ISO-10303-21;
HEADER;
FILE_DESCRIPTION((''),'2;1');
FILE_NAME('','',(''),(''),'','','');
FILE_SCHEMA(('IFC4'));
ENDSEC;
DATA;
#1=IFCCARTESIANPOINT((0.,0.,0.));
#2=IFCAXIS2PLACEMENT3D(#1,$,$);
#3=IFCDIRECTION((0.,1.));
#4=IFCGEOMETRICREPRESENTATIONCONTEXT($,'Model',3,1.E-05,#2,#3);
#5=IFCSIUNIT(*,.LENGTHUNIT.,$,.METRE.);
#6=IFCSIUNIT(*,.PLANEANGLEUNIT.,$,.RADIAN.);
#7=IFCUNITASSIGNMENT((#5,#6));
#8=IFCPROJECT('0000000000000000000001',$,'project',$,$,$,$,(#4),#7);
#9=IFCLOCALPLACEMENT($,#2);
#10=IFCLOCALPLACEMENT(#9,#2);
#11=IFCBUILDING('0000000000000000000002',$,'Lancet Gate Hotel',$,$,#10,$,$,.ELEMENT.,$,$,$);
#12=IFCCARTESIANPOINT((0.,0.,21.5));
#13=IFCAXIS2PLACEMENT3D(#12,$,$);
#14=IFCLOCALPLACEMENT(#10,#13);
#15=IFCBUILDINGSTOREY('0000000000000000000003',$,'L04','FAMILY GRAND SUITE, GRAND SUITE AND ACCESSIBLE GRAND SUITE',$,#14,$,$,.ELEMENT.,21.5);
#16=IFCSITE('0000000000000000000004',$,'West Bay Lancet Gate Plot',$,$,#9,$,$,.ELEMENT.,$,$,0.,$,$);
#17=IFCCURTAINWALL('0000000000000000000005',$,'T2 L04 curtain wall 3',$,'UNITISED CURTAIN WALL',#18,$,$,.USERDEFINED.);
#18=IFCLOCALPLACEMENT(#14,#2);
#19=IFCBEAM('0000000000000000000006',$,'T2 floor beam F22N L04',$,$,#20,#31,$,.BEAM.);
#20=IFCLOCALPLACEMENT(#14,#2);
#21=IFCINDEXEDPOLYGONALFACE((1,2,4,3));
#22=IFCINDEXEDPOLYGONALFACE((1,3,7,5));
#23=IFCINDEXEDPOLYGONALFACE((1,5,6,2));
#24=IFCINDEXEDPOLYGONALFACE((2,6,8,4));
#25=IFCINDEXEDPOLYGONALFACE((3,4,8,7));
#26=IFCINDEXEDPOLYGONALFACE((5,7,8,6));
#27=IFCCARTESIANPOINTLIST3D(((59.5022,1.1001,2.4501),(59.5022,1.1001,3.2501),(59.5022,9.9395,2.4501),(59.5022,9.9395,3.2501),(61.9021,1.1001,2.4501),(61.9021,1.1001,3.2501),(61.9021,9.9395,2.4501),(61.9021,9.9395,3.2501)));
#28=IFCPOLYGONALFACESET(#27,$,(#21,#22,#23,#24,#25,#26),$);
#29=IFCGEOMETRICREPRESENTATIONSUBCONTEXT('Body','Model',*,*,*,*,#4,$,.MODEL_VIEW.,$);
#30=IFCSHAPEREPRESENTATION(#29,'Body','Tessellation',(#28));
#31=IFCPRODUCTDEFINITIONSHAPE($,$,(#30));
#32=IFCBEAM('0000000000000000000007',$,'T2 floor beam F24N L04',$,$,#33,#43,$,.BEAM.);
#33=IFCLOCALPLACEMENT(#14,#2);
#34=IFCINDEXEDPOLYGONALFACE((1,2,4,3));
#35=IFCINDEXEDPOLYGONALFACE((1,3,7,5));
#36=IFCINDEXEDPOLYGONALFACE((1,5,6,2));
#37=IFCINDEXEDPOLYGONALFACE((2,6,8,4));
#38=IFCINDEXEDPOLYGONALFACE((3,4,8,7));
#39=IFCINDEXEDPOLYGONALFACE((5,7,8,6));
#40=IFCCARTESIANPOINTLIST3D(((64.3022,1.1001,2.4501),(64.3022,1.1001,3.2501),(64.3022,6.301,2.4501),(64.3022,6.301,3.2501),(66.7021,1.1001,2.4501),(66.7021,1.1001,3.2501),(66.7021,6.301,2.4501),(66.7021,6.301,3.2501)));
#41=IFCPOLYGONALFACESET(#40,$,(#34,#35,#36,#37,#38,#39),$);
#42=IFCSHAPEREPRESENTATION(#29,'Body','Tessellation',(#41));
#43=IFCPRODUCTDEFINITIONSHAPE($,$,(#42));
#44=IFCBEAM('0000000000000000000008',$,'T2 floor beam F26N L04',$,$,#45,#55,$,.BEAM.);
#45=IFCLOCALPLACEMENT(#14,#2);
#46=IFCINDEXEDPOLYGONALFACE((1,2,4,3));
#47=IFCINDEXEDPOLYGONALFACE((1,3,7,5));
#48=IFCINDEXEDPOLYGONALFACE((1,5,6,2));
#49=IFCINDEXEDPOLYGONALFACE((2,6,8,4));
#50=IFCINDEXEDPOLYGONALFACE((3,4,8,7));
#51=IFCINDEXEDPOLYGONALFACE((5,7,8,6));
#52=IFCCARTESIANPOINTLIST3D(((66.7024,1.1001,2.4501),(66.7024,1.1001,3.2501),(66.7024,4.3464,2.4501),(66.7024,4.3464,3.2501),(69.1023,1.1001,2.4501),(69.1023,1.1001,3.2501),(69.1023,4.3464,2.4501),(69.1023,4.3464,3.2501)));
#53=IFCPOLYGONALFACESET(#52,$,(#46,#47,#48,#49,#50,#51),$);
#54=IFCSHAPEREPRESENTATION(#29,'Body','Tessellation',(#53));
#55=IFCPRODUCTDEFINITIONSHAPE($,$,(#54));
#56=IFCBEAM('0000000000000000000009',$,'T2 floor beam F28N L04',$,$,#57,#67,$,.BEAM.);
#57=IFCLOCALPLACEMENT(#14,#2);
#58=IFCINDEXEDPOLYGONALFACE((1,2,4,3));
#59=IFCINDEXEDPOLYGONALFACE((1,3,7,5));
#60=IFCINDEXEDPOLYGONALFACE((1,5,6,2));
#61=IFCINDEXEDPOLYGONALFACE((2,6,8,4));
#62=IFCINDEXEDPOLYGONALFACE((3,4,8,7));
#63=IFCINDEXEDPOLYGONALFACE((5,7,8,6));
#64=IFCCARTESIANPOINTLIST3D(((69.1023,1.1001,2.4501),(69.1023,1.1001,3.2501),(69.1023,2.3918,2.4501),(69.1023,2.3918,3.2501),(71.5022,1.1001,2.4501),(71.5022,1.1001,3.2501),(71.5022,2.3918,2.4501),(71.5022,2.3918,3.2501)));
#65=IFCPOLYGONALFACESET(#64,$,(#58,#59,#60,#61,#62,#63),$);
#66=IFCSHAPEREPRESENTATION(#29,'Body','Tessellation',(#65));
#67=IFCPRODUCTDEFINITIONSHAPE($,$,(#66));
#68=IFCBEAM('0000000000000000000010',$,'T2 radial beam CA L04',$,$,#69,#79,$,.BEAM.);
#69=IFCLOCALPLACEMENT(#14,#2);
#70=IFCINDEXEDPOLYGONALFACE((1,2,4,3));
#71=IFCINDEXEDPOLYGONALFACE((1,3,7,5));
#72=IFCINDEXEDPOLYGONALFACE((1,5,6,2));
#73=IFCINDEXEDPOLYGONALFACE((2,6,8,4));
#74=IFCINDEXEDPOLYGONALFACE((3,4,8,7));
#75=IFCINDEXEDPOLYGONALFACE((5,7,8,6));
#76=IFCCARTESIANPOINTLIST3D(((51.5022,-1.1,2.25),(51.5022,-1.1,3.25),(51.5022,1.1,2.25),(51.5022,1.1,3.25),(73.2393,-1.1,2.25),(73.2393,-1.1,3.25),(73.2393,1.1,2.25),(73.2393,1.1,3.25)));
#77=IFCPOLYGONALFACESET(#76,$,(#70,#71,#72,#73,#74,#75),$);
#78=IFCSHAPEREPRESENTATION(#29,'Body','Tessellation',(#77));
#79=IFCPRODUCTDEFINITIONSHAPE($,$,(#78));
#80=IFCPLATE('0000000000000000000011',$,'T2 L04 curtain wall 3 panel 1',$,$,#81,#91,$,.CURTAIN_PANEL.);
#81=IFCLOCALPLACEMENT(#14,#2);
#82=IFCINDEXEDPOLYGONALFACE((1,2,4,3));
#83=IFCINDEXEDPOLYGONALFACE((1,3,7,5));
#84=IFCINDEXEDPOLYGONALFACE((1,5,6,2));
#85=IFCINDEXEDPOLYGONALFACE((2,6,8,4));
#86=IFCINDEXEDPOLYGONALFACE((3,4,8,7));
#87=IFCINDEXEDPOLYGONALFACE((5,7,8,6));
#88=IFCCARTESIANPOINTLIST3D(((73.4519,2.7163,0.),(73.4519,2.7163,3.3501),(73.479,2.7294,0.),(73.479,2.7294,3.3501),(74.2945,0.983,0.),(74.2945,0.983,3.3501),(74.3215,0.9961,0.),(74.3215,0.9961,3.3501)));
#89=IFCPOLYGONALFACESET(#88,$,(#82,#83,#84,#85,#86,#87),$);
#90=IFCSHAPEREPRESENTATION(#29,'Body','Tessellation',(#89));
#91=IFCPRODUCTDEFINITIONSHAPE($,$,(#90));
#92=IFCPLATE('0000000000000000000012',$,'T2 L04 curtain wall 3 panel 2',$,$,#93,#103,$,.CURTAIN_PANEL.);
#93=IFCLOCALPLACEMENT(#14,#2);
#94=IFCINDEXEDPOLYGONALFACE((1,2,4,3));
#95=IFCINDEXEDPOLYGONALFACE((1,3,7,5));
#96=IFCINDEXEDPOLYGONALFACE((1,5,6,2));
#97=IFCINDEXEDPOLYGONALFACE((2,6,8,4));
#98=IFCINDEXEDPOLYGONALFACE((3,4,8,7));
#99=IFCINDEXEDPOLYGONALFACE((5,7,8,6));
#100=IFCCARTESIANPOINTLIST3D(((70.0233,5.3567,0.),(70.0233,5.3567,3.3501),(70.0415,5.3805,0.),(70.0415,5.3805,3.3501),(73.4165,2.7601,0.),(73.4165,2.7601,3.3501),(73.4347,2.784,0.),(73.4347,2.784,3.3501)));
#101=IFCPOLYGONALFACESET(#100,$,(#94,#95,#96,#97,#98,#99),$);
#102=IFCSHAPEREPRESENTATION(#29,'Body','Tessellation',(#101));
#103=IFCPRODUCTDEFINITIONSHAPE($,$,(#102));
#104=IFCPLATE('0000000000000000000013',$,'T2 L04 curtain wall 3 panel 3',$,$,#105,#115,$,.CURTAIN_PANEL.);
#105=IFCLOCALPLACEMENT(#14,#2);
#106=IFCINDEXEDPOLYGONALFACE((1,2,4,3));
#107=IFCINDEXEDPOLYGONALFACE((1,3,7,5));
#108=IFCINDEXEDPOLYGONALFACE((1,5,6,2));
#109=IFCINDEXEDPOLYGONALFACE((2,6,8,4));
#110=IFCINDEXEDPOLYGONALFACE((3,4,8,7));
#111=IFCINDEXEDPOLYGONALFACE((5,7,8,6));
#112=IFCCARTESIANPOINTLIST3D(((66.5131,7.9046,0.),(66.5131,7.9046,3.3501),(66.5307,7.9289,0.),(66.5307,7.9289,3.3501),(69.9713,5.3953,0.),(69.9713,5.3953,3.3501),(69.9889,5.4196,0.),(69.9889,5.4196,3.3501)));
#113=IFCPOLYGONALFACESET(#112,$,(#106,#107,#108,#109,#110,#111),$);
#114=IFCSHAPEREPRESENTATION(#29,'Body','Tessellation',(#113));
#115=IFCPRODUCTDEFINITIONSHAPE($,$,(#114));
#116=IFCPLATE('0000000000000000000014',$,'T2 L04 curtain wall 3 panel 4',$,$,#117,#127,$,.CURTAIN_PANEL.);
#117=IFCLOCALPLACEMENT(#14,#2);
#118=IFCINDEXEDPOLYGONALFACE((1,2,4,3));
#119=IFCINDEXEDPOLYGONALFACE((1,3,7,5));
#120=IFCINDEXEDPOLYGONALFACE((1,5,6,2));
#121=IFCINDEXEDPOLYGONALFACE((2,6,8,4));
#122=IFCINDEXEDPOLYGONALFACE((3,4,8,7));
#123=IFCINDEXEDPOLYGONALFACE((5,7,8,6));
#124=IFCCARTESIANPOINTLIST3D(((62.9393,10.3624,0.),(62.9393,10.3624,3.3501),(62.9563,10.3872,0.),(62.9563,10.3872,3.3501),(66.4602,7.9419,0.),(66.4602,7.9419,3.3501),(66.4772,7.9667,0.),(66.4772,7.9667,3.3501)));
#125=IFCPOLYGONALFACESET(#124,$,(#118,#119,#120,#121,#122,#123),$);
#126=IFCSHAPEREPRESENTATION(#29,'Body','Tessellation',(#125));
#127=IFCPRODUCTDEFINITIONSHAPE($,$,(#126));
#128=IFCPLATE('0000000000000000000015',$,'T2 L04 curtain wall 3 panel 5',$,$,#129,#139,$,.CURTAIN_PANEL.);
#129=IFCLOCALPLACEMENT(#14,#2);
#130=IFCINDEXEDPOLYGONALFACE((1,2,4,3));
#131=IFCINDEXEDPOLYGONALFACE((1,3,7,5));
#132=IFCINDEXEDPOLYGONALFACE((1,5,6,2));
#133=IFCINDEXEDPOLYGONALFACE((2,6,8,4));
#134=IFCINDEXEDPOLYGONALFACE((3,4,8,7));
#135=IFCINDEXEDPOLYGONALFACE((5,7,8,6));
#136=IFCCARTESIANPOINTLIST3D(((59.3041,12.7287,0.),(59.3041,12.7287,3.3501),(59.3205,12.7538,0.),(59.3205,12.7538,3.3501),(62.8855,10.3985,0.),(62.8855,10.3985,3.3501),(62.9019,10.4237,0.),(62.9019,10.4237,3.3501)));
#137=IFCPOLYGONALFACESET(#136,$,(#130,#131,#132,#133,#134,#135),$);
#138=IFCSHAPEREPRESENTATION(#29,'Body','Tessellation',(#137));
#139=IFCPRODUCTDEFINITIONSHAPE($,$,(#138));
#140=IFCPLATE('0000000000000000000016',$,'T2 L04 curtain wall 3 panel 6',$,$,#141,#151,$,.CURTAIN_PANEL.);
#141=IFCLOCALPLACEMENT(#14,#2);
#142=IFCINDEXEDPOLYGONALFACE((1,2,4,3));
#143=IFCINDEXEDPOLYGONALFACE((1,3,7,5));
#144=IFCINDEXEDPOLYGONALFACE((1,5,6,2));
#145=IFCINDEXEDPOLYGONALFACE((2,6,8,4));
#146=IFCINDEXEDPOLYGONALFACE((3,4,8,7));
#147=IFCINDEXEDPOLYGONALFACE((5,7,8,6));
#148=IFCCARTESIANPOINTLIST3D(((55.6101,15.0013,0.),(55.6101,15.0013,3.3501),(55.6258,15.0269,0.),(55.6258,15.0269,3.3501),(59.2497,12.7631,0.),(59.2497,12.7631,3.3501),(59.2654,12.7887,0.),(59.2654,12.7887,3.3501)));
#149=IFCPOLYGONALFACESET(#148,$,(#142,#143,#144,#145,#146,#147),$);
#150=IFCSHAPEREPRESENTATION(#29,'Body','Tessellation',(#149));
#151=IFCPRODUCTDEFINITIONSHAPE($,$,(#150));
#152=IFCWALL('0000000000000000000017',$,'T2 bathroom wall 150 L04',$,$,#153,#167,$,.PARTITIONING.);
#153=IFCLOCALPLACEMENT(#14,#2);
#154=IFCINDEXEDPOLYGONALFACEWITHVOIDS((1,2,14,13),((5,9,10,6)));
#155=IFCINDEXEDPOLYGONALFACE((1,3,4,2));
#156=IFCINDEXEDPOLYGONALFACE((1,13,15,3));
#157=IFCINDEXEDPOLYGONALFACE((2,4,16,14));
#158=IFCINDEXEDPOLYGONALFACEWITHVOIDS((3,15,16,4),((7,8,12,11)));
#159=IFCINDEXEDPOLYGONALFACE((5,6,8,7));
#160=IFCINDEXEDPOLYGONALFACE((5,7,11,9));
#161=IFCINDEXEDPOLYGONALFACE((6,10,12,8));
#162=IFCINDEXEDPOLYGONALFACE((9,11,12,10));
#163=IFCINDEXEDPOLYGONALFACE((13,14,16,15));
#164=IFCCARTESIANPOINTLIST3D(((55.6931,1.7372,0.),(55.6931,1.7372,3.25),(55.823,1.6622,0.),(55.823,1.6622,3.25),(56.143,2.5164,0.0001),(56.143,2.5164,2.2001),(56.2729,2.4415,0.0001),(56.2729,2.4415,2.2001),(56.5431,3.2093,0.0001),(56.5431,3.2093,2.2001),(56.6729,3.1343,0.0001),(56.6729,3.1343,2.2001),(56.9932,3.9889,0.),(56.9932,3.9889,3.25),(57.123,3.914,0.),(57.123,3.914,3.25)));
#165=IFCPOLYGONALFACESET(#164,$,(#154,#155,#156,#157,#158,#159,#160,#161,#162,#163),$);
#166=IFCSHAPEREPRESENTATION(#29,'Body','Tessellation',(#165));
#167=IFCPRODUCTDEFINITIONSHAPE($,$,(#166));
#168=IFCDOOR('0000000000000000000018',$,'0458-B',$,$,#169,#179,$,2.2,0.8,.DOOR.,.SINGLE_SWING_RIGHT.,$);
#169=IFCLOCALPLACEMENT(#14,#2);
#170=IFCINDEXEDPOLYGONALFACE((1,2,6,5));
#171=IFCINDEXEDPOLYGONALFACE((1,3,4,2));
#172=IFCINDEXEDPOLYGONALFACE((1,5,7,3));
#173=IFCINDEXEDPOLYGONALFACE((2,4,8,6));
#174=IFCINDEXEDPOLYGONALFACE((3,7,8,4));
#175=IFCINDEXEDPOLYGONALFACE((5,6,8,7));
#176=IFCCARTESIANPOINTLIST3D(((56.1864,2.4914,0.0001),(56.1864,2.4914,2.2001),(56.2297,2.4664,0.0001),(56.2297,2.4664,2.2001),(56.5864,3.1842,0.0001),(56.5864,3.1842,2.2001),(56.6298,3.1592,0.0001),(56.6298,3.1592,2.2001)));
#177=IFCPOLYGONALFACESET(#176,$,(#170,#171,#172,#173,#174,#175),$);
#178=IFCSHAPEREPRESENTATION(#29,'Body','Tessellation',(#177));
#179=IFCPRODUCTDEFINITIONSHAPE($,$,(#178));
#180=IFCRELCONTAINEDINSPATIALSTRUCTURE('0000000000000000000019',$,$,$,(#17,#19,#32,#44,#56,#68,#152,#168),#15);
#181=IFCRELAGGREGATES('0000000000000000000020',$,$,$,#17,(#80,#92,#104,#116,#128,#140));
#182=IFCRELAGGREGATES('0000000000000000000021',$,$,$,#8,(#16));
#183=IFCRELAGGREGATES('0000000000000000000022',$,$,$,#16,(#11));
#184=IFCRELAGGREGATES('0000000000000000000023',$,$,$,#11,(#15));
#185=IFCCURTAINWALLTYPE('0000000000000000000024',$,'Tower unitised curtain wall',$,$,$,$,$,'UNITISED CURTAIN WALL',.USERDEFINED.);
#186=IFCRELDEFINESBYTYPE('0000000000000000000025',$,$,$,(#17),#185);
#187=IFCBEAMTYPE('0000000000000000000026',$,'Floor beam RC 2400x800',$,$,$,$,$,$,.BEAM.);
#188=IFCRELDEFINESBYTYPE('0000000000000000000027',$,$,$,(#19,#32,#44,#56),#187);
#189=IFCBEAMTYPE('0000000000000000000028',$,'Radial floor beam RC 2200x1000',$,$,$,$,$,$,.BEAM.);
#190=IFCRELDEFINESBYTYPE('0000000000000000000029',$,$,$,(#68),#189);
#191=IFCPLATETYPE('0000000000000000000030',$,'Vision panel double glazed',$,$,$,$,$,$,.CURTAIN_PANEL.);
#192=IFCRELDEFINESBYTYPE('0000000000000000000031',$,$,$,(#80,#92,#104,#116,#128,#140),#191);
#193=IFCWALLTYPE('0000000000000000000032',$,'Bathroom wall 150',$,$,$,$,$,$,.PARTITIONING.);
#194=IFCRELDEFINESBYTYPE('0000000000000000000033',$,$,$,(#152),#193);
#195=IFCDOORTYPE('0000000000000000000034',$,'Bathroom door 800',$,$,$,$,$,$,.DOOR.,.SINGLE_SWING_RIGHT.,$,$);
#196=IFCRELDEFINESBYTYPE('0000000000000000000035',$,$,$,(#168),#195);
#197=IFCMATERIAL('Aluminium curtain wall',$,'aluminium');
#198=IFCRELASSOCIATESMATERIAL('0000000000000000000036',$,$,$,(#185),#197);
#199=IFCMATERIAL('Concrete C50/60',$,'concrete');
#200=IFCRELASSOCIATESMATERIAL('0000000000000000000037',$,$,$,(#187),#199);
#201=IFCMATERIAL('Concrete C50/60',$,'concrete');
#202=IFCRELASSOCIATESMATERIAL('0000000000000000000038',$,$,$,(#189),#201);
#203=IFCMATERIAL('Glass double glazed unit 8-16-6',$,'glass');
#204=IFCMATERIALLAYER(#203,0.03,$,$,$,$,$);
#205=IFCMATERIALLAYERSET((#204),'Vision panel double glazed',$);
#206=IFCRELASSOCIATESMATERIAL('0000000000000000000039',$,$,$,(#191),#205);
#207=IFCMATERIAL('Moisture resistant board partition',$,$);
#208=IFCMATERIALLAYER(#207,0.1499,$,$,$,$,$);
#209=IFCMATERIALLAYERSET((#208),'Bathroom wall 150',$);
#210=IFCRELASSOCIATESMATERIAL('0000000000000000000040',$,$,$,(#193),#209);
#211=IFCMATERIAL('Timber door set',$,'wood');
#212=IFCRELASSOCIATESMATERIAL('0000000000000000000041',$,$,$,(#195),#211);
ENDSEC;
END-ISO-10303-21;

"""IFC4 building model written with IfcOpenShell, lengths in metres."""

from ifc_helpers import new_model, si_unit, direction, frame, frame_2d, origin, origin_2d, place, context, subcontext, project, spatial, rectangle, extrude, material, layer, layer_set, material_profile, profile_set, type_object, element, fill, aggregate, save


model = new_model("IFC4")

# Units and contexts
model_context = context("Model", 3, precision=1e-05, world=origin(), true_north=direction((0.0, 1.0)))
body_context = subcontext(model_context, "Body", "Model", "MODEL_VIEW")
ifc_project = project(units=[si_unit("LENGTHUNIT", "METRE"), si_unit("PLANEANGLEUNIT", "RADIAN")], contexts=[model_context])

# Site, building, storey
site_placement = place(None, origin())
site = spatial("IfcSite", under=ifc_project, at=site_placement, Name="West Bay Lancet Gate Plot", CompositionType="ELEMENT", RefElevation=0.0)
building_placement = place(site_placement, origin())
building = spatial("IfcBuilding", under=site, at=building_placement, Name="Lancet Gate Hotel", CompositionType="ELEMENT")
storey_placement = place(building_placement, frame((0.0, 0.0, 21.5)))
storey = spatial("IfcBuildingStorey", under=building, at=storey_placement, Name="L04", Description="FAMILY GRAND SUITE, GRAND SUITE AND ACCESSIBLE GRAND SUITE", CompositionType="ELEMENT", Elevation=21.5)

# Curtain wall
ifc_material_1 = material(Name="Aluminium curtain wall", Category="aluminium")
curtain_wall_type = type_object("IfcCurtainWallType", Name="Tower unitised curtain wall", ElementType="UNITISED CURTAIN WALL", PredefinedType="USERDEFINED", material=ifc_material_1)
curtain_wall_placement = place(storey_placement, origin())
curtain_wall = element("IfcCurtainWall", 1, at=curtain_wall_placement, inside=storey, type_object=curtain_wall_type, Name="T2 L04 curtain wall 3", ObjectType="UNITISED CURTAIN WALL", PredefinedType="USERDEFINED")

# Beams
ifc_material_2 = material(Name="Concrete C50/60", Category="concrete")
ifc_material_profile_1 = material_profile(ifc_material_2, rectangle(XDim=2.3999, YDim=0.8, at=origin_2d()), Name="RC 2400x800")
ifc_profile_set_1 = profile_set([ifc_material_profile_1], Name="Concrete C50/60")
beam_type_1 = type_object("IfcBeamType", Name="Floor beam RC 2400x800", PredefinedType="BEAM", material=ifc_profile_set_1)
beam_1_placement = place(storey_placement, frame((60.7021, 1.1001, 2.8501), z_axis=(0.0, 1.0, 0.0), x_axis=(-1.0, 0.0, 0.0)))
element("IfcBeam", 2, at=beam_1_placement, inside=storey, type_object=beam_type_1, Name="T2 floor beam F22N L04", PredefinedType="BEAM", context=body_context, shape_type="SweptSolid", body=[
    extrude(rectangle(XDim=2.3999, YDim=0.8, at=origin_2d()), origin(), (0.0, 0.0, 1.0), 8.8394),
])
beam_2_placement = place(storey_placement, frame((65.5022, 1.1001, 2.8501), z_axis=(0.0, 1.0, 0.0), x_axis=(-1.0, 0.0, 0.0)))
element("IfcBeam", 3, at=beam_2_placement, inside=storey, type_object=beam_type_1, Name="T2 floor beam F24N L04", PredefinedType="BEAM", context=body_context, shape_type="SweptSolid", body=[
    extrude(rectangle(XDim=2.3999, YDim=0.8, at=origin_2d()), origin(), (0.0, 0.0, 1.0), 5.2009),
])
beam_3_placement = place(storey_placement, frame((67.9023, 1.1001, 2.8501), z_axis=(0.0, 1.0, 0.0), x_axis=(-1.0, 0.0, 0.0)))
element("IfcBeam", 4, at=beam_3_placement, inside=storey, type_object=beam_type_1, Name="T2 floor beam F26N L04", PredefinedType="BEAM", context=body_context, shape_type="SweptSolid", body=[
    extrude(rectangle(XDim=2.3999, YDim=0.8, at=origin_2d()), origin(), (0.0, 0.0, 1.0), 3.2463),
])
beam_4_placement = place(storey_placement, frame((70.3022, 1.1001, 2.8501), z_axis=(0.0, 1.0, 0.0), x_axis=(-1.0, 0.0, 0.0)))
element("IfcBeam", 5, at=beam_4_placement, inside=storey, type_object=beam_type_1, Name="T2 floor beam F28N L04", PredefinedType="BEAM", context=body_context, shape_type="SweptSolid", body=[
    extrude(rectangle(XDim=2.3999, YDim=0.8, at=origin_2d()), origin(), (0.0, 0.0, 1.0), 1.2917),
])
ifc_material_3 = material(Name="Concrete C50/60", Category="concrete")
ifc_material_profile_2 = material_profile(ifc_material_3, rectangle(XDim=2.2, YDim=1.0, at=origin_2d()), Name="RC 2200x1000")
ifc_profile_set_2 = profile_set([ifc_material_profile_2], Name="Concrete C50/60")
beam_type_2 = type_object("IfcBeamType", Name="Radial floor beam RC 2200x1000", PredefinedType="BEAM", material=ifc_profile_set_2)
beam_5_placement = place(storey_placement, frame((73.2393, 0.0, 2.75), z_axis=(-1.0, 0.0, 0.0), x_axis=(0.0, -1.0, 0.0)))
element("IfcBeam", 6, at=beam_5_placement, inside=storey, type_object=beam_type_2, Name="T2 radial beam CA L04", PredefinedType="BEAM", context=body_context, shape_type="SweptSolid", body=[
    extrude(rectangle(XDim=2.2, YDim=1.0, at=origin_2d()), origin(), (0.0, 0.0, 1.0), 21.7371),
])

# Plates
ifc_material_4 = material(Name="Glass double glazed unit 8-16-6", Category="glass")
ifc_layer_1 = layer(ifc_material_4, 0.03)
ifc_layer_set_1 = layer_set([ifc_layer_1], Name="Vision panel double glazed")
plate_type = type_object("IfcPlateType", Name="Vision panel double glazed", PredefinedType="CURTAIN_PANEL", material=ifc_layer_set_1)
plate_1_placement = place(storey_placement, frame((73.8867, 1.8562, 0.0), z_axis=(0.0, 0.0, 1.0), x_axis=(-0.437169, 0.899379, 0.0)))
plate_1 = element("IfcPlate", 7, at=plate_1_placement, type_object=plate_type, Name="T2 L04 curtain wall 3 panel 1", PredefinedType="CURTAIN_PANEL", context=body_context, shape_type="SweptSolid", body=[
    extrude(rectangle(XDim=1.9272, YDim=0.03, at=origin_2d()), origin(), (0.0, 0.0, 1.0), 3.3501),
])
plate_2_placement = place(storey_placement, frame((71.729, 4.0703, 0.0), z_axis=(0.0, 0.0, 1.0), x_axis=(-0.79416, 0.607709, 0.0)))
plate_2 = element("IfcPlate", 8, at=plate_2_placement, type_object=plate_type, Name="T2 L04 curtain wall 3 panel 2", PredefinedType="CURTAIN_PANEL", context=body_context, shape_type="SweptSolid", body=[
    extrude(rectangle(XDim=4.2727, YDim=0.03, at=origin_2d()), origin(), (0.0, 0.0, 1.0), 3.3501),
])
plate_3_placement = place(storey_placement, frame((68.251, 6.6621, 0.0), z_axis=(0.0, 0.0, 1.0), x_axis=(-0.80937, 0.587299, 0.0)))
plate_3 = element("IfcPlate", 9, at=plate_3_placement, type_object=plate_type, Name="T2 L04 curtain wall 3 panel 3", PredefinedType="CURTAIN_PANEL", context=body_context, shape_type="SweptSolid", body=[
    extrude(rectangle(XDim=4.2727, YDim=0.03, at=origin_2d()), origin(), (0.0, 0.0, 1.0), 3.3501),
])
plate_4_placement = place(storey_placement, frame((64.7083, 9.1646, 0.0), z_axis=(0.0, 0.0, 1.0), x_axis=(-0.824055, 0.566509, 0.0)))
plate_4 = element("IfcPlate", 10, at=plate_4_placement, type_object=plate_type, Name="T2 L04 curtain wall 3 panel 4", PredefinedType="CURTAIN_PANEL", context=body_context, shape_type="SweptSolid", body=[
    extrude(rectangle(XDim=4.2727, YDim=0.03, at=origin_2d()), origin(), (0.0, 0.0, 1.0), 3.3501),
])
plate_5_placement = place(storey_placement, frame((61.103, 11.5762, 0.0), z_axis=(0.0, 0.0, 1.0), x_axis=(-0.838207, 0.545353, 0.0)))
plate_5 = element("IfcPlate", 11, at=plate_5_placement, type_object=plate_type, Name="T2 L04 curtain wall 3 panel 5", PredefinedType="CURTAIN_PANEL", context=body_context, shape_type="SweptSolid", body=[
    extrude(rectangle(XDim=4.2727, YDim=0.03, at=origin_2d()), origin(), (0.0, 0.0, 1.0), 3.3501),
])
plate_6_placement = place(storey_placement, frame((57.4377, 13.895, 0.0), z_axis=(0.0, 0.0, 1.0), x_axis=(-0.851815, 0.523842, 0.0)))
plate_6 = element("IfcPlate", 12, at=plate_6_placement, type_object=plate_type, Name="T2 L04 curtain wall 3 panel 6", PredefinedType="CURTAIN_PANEL", context=body_context, shape_type="SweptSolid", body=[
    extrude(rectangle(XDim=4.2727, YDim=0.03, at=origin_2d()), origin(), (0.0, 0.0, 1.0), 3.3501),
])
aggregate(curtain_wall, [plate_1, plate_2, plate_3, plate_4, plate_5, plate_6])

# Wall, opening, door
ifc_material_5 = material(Name="Moisture resistant board partition")
ifc_layer_2 = layer(ifc_material_5, 0.1499)
ifc_layer_set_2 = layer_set([ifc_layer_2], Name="Bathroom wall 150")
wall_type_1 = type_object("IfcWallType", Name="Bathroom wall 150", PredefinedType="PARTITIONING", material=ifc_layer_set_2)
wall_1_placement = place(storey_placement, frame((55.7581, 1.6997, 0.0), z_axis=(0.0, 0.0, 1.0), x_axis=(0.500007, 0.866021, 0.0)))
wall_1 = element("IfcWall", 13, at=wall_1_placement, inside=storey, type_object=wall_type_1, Name="T2 bathroom wall 150 L04", PredefinedType="PARTITIONING", context=body_context, shape_type="SweptSolid", body=[
    extrude(rectangle(XDim=2.6001, YDim=0.1499, at=frame_2d((1.3, 0.0))), origin(), (0.0, 0.0, 1.0), 3.25),
])
opening_placement = place(wall_1_placement, frame((0.8999, 0.0, 0.0)))
opening = element("IfcOpeningElement", 14, at=opening_placement, cuts=wall_1, PredefinedType="OPENING", context=body_context, shape_type="SweptSolid", body=[
    extrude(rectangle(XDim=0.8, YDim=2.2, at=frame_2d((0.3999, 1.1001))), frame((0.0, 0.085, 0.0), z_axis=(0.0, -1.0, 0.0), x_axis=(1.0, 0.0, 0.0)), (0.0, 0.0, 1.0), 0.1699),
])
ifc_material_6 = material(Name="Timber door set", Category="wood")
door_type = type_object("IfcDoorType", Name="Bathroom door 800", OperationType="SINGLE_SWING_RIGHT", PredefinedType="DOOR", material=ifc_material_6)
door_placement = place(opening_placement, origin())
door = element("IfcDoor", 15, at=door_placement, inside=storey, type_object=door_type, Name="0458-B", OperationType="SINGLE_SWING_RIGHT", OverallHeight=2.2, OverallWidth=0.8, PredefinedType="DOOR", context=body_context, shape_type="SweptSolid", body=[
    extrude(rectangle(XDim=0.8, YDim=2.2, at=frame_2d((0.3999, 1.1001))), frame((0.0, 0.0249, 0.0), z_axis=(0.0, -1.0, 0.0), x_axis=(1.0, 0.0, 0.0)), (0.0, 0.0, 1.0), 0.05),
])
fill(opening, door)

save(model, "model.ifc")
